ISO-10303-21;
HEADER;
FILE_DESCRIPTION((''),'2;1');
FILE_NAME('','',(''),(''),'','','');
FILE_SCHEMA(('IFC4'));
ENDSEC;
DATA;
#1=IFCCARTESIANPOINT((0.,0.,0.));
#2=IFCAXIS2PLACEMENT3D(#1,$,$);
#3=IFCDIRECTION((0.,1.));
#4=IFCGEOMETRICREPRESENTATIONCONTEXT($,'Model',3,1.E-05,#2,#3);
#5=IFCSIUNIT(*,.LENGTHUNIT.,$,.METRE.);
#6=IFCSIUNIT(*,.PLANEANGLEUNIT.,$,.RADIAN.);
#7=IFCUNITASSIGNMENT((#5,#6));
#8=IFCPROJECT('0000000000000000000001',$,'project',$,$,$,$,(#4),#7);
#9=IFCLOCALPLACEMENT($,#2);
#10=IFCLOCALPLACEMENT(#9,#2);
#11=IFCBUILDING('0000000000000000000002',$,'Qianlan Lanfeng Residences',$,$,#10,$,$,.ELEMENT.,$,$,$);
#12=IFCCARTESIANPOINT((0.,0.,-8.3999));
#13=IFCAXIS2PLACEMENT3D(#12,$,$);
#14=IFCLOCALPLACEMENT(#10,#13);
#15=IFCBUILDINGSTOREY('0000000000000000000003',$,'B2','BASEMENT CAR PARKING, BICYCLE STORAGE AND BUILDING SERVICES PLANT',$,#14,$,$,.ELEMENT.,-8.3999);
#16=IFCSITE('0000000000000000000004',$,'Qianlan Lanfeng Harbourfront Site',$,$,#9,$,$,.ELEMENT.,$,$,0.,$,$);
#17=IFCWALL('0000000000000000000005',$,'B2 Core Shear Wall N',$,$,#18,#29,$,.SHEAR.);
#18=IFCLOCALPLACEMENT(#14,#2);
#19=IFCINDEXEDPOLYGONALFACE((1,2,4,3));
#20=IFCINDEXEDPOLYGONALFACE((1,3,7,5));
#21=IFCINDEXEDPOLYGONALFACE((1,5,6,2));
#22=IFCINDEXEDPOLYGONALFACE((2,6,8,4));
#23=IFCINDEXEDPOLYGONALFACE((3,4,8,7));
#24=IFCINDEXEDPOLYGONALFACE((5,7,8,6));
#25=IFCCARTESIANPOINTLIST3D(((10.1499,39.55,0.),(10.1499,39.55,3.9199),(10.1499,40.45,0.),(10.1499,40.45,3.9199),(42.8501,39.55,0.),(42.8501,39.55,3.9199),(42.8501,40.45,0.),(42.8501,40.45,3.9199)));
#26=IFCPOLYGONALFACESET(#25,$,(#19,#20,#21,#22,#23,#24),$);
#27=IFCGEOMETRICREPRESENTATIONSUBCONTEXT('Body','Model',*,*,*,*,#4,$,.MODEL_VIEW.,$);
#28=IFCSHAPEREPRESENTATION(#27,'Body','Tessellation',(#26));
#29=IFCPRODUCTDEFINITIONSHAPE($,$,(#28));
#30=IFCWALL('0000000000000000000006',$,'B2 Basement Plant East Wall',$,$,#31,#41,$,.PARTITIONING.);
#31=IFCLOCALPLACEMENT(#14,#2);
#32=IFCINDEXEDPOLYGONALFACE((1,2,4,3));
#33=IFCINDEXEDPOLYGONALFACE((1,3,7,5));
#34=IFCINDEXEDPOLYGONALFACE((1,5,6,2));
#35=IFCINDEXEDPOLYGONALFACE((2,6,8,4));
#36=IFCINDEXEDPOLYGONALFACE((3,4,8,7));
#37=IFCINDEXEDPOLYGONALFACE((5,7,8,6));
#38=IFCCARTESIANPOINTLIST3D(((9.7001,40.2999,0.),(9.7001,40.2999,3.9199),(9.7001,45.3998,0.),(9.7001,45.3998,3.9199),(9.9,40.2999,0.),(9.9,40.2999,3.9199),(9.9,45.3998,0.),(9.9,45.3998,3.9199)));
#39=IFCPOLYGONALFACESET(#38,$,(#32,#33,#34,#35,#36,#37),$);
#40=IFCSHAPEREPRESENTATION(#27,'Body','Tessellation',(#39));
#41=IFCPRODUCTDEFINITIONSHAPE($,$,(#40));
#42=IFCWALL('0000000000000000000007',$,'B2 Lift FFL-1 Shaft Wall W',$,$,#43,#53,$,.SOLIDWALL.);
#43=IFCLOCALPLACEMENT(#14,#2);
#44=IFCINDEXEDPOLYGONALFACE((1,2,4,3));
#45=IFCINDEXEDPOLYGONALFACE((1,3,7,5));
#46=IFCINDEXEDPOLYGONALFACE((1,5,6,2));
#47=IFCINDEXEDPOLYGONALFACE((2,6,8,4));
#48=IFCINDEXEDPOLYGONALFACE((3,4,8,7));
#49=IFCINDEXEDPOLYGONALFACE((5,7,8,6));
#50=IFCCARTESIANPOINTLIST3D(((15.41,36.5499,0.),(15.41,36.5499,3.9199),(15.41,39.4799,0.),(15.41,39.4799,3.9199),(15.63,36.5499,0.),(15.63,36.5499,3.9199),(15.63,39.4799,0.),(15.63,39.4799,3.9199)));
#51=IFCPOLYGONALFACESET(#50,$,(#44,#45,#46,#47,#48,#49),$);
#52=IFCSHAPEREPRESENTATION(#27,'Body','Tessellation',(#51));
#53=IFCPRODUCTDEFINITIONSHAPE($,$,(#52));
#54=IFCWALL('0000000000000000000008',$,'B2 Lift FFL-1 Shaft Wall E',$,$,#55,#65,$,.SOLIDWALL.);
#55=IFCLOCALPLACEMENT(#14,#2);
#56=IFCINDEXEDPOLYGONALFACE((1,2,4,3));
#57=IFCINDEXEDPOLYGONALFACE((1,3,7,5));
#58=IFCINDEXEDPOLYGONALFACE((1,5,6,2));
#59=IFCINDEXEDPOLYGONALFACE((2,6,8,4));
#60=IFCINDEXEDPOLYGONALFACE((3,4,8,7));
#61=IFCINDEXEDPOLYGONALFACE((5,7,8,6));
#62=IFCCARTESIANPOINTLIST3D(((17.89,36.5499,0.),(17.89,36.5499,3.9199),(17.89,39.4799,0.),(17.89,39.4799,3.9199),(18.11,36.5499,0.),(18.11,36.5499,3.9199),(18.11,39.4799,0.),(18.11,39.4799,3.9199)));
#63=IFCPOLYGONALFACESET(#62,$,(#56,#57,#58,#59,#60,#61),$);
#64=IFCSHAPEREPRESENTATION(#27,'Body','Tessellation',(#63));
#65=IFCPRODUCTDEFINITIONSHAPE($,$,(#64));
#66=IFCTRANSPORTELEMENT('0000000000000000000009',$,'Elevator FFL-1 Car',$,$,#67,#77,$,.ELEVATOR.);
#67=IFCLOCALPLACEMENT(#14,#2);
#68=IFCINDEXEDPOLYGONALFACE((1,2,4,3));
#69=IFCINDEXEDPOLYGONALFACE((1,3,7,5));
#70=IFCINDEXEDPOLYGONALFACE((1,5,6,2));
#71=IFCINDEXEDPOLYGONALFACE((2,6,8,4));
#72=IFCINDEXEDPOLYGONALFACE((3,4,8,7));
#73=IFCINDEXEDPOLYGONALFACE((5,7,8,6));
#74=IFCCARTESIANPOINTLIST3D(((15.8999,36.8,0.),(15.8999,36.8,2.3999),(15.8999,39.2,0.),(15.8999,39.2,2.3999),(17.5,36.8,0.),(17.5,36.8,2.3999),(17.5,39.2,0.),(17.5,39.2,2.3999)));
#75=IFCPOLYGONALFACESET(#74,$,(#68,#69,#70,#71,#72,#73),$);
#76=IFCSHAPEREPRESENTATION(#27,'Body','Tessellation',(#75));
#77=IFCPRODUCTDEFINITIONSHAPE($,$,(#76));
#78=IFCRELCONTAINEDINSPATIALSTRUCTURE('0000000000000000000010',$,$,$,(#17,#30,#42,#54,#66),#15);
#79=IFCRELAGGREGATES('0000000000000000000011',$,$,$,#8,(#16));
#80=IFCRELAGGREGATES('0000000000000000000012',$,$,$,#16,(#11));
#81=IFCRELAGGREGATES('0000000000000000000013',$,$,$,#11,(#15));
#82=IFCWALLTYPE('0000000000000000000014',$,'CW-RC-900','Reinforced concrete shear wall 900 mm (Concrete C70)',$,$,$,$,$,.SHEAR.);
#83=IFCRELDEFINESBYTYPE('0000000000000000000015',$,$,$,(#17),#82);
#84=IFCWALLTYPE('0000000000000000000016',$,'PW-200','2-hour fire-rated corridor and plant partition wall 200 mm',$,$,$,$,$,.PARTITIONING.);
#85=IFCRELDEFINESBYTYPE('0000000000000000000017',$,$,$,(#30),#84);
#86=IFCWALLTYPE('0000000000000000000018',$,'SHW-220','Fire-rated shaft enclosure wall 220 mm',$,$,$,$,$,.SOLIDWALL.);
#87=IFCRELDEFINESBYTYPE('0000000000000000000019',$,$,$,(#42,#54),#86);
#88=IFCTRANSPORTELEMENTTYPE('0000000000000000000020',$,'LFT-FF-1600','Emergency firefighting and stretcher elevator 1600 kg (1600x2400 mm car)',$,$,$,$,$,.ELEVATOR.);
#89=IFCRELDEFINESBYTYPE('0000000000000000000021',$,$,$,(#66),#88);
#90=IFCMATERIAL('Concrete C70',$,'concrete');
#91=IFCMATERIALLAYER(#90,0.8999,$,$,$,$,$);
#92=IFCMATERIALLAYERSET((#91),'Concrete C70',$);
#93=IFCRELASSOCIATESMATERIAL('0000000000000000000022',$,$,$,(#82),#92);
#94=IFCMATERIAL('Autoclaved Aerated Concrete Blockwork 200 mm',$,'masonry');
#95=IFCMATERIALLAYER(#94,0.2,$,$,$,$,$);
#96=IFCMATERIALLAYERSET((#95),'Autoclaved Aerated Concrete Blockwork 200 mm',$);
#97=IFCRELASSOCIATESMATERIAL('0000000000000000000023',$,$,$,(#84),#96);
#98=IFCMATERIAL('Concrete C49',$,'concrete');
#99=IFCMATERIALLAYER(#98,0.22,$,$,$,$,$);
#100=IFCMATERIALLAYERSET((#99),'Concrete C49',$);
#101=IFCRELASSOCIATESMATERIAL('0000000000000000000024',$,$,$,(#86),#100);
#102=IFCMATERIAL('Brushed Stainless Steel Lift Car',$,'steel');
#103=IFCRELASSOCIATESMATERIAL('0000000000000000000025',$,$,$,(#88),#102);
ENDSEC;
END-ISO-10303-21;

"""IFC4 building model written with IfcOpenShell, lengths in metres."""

from ifc_helpers import new_model, si_unit, direction, frame, frame_2d, origin, origin_2d, place, context, subcontext, project, spatial, rectangle, extrude, source, transform, mapped, material, layer, layer_set, type_object, element, save


model = new_model("IFC4")

# Units and contexts
model_context = context("Model", 3, precision=1e-05, world=origin(), true_north=direction((0.0, 1.0)))
body_context = subcontext(model_context, "Body", "Model", "MODEL_VIEW")
ifc_project = project(units=[si_unit("LENGTHUNIT", "METRE"), si_unit("PLANEANGLEUNIT", "RADIAN")], contexts=[model_context])

# Site, building, storey
site_placement = place(None, origin())
site = spatial("IfcSite", under=ifc_project, at=site_placement, Name="Qianlan Lanfeng Harbourfront Site", CompositionType="ELEMENT", RefElevation=0.0)
building_placement = place(site_placement, origin())
building = spatial("IfcBuilding", under=site, at=building_placement, Name="Qianlan Lanfeng Residences", CompositionType="ELEMENT")
storey_placement = place(building_placement, frame((0.0, 0.0, -8.3999)))
storey = spatial("IfcBuildingStorey", under=building, at=storey_placement, Name="B2", Description="BASEMENT CAR PARKING, BICYCLE STORAGE AND BUILDING SERVICES PLANT", CompositionType="ELEMENT", Elevation=-8.3999)

# Shared definitions
ifc_material_1 = material(Name="Concrete C70", Category="concrete")

# Walls
ifc_layer_1 = layer(ifc_material_1, 0.8999)
ifc_layer_set_1 = layer_set([ifc_layer_1], Name="Concrete C70")
wall_type_1 = type_object("IfcWallType", Name="CW-RC-900", Description="Reinforced concrete shear wall 900 mm (Concrete C70)", PredefinedType="SHEAR", material=ifc_layer_set_1)
wall_1_placement = place(storey_placement, frame((10.1499, 40.0, 0.0), z_axis=(0.0, 0.0, 1.0), x_axis=(1.0, 0.0, 0.0)))
element("IfcWall", 1, at=wall_1_placement, inside=storey, type_object=wall_type_1, Name="B2 Core Shear Wall N", PredefinedType="SHEAR", context=body_context, shape_type="SweptSolid", body=[
    extrude(rectangle(XDim=32.7002, YDim=0.8999, at=frame_2d((16.3501, 0.0))), origin(), (0.0, 0.0, 1.0), 3.9199),
])
ifc_material_2 = material(Name="Autoclaved Aerated Concrete Blockwork 200 mm", Category="masonry")
ifc_layer_2 = layer(ifc_material_2, 0.2)
ifc_layer_set_2 = layer_set([ifc_layer_2], Name="Autoclaved Aerated Concrete Blockwork 200 mm")
wall_type_2 = type_object("IfcWallType", Name="PW-200", Description="2-hour fire-rated corridor and plant partition wall 200 mm", PredefinedType="PARTITIONING", material=ifc_layer_set_2)
wall_2_placement = place(storey_placement, frame((9.8, 40.3, 0.0), z_axis=(0.0, 0.0, 1.0), x_axis=(0.0, 1.0, 0.0)))
element("IfcWall", 2, at=wall_2_placement, inside=storey, type_object=wall_type_2, Name="B2 Basement Plant East Wall", PredefinedType="PARTITIONING", context=body_context, shape_type="SweptSolid", body=[
    extrude(rectangle(XDim=5.0999, YDim=0.2, at=frame_2d((2.5498, 0.0))), origin(), (0.0, 0.0, 1.0), 3.9199),
])
ifc_material_3 = material(Name="Concrete C49", Category="concrete")
ifc_layer_3 = layer(ifc_material_3, 0.22)
ifc_layer_set_3 = layer_set([ifc_layer_3], Name="Concrete C49")
wall_type_3 = type_object("IfcWallType", Name="SHW-220", Description="Fire-rated shaft enclosure wall 220 mm", PredefinedType="SOLIDWALL", material=ifc_layer_set_3)
for number, where, z_axis, x_axis, name in (
    (3, (15.52, 36.55, 0.0), (0.0, 0.0, 1.0), (0.0, 1.0, 0.0), "B2 Lift FFL-1 Shaft Wall W"),
    (4, (18.0, 36.55, 0.0), (0.0, 0.0, 1.0), (0.0, 1.0, 0.0), "B2 Lift FFL-1 Shaft Wall E"),
):
    element("IfcWall", number, at=place(storey_placement, frame(where, z_axis=z_axis, x_axis=x_axis)), inside=storey, type_object=wall_type_3, Name=name, PredefinedType="SOLIDWALL", context=body_context, shape_type="SweptSolid", body=[
        extrude(rectangle(XDim=2.9299, YDim=0.22, at=frame_2d((1.4648, 0.0))), origin(), (0.0, 0.0, 1.0), 3.9199),
    ])

# Transport element
ifc_material_4 = material(Name="Brushed Stainless Steel Lift Car", Category="steel")
transport_element_type = type_object("IfcTransportElementType", Name="LFT-FF-1600", Description="Emergency firefighting and stretcher elevator 1600 kg (1600x2400 mm car)", PredefinedType="ELEVATOR", material=ifc_material_4)
shared_shape = source(origin(), body_context, "Body", "SweptSolid", [
    extrude(rectangle(XDim=1.6001, YDim=2.3999, at=origin_2d()), origin(), (0.0, 0.0, 1.0), 2.3999),
])
transport_element_placement = place(storey_placement, frame((16.7, 38.0, 0.0), z_axis=(0.0, 0.0, 1.0), x_axis=(1.0, 0.0, 0.0)))
element("IfcTransportElement", 5, at=transport_element_placement, inside=storey, type_object=transport_element_type, Name="Elevator FFL-1 Car", PredefinedType="ELEVATOR", context=body_context, shape_type="MappedRepresentation", body=[
    mapped(shared_shape, transform((0.0, 0.0, 0.0), scale=1.0)),
])

save(model, "model.ifc")
